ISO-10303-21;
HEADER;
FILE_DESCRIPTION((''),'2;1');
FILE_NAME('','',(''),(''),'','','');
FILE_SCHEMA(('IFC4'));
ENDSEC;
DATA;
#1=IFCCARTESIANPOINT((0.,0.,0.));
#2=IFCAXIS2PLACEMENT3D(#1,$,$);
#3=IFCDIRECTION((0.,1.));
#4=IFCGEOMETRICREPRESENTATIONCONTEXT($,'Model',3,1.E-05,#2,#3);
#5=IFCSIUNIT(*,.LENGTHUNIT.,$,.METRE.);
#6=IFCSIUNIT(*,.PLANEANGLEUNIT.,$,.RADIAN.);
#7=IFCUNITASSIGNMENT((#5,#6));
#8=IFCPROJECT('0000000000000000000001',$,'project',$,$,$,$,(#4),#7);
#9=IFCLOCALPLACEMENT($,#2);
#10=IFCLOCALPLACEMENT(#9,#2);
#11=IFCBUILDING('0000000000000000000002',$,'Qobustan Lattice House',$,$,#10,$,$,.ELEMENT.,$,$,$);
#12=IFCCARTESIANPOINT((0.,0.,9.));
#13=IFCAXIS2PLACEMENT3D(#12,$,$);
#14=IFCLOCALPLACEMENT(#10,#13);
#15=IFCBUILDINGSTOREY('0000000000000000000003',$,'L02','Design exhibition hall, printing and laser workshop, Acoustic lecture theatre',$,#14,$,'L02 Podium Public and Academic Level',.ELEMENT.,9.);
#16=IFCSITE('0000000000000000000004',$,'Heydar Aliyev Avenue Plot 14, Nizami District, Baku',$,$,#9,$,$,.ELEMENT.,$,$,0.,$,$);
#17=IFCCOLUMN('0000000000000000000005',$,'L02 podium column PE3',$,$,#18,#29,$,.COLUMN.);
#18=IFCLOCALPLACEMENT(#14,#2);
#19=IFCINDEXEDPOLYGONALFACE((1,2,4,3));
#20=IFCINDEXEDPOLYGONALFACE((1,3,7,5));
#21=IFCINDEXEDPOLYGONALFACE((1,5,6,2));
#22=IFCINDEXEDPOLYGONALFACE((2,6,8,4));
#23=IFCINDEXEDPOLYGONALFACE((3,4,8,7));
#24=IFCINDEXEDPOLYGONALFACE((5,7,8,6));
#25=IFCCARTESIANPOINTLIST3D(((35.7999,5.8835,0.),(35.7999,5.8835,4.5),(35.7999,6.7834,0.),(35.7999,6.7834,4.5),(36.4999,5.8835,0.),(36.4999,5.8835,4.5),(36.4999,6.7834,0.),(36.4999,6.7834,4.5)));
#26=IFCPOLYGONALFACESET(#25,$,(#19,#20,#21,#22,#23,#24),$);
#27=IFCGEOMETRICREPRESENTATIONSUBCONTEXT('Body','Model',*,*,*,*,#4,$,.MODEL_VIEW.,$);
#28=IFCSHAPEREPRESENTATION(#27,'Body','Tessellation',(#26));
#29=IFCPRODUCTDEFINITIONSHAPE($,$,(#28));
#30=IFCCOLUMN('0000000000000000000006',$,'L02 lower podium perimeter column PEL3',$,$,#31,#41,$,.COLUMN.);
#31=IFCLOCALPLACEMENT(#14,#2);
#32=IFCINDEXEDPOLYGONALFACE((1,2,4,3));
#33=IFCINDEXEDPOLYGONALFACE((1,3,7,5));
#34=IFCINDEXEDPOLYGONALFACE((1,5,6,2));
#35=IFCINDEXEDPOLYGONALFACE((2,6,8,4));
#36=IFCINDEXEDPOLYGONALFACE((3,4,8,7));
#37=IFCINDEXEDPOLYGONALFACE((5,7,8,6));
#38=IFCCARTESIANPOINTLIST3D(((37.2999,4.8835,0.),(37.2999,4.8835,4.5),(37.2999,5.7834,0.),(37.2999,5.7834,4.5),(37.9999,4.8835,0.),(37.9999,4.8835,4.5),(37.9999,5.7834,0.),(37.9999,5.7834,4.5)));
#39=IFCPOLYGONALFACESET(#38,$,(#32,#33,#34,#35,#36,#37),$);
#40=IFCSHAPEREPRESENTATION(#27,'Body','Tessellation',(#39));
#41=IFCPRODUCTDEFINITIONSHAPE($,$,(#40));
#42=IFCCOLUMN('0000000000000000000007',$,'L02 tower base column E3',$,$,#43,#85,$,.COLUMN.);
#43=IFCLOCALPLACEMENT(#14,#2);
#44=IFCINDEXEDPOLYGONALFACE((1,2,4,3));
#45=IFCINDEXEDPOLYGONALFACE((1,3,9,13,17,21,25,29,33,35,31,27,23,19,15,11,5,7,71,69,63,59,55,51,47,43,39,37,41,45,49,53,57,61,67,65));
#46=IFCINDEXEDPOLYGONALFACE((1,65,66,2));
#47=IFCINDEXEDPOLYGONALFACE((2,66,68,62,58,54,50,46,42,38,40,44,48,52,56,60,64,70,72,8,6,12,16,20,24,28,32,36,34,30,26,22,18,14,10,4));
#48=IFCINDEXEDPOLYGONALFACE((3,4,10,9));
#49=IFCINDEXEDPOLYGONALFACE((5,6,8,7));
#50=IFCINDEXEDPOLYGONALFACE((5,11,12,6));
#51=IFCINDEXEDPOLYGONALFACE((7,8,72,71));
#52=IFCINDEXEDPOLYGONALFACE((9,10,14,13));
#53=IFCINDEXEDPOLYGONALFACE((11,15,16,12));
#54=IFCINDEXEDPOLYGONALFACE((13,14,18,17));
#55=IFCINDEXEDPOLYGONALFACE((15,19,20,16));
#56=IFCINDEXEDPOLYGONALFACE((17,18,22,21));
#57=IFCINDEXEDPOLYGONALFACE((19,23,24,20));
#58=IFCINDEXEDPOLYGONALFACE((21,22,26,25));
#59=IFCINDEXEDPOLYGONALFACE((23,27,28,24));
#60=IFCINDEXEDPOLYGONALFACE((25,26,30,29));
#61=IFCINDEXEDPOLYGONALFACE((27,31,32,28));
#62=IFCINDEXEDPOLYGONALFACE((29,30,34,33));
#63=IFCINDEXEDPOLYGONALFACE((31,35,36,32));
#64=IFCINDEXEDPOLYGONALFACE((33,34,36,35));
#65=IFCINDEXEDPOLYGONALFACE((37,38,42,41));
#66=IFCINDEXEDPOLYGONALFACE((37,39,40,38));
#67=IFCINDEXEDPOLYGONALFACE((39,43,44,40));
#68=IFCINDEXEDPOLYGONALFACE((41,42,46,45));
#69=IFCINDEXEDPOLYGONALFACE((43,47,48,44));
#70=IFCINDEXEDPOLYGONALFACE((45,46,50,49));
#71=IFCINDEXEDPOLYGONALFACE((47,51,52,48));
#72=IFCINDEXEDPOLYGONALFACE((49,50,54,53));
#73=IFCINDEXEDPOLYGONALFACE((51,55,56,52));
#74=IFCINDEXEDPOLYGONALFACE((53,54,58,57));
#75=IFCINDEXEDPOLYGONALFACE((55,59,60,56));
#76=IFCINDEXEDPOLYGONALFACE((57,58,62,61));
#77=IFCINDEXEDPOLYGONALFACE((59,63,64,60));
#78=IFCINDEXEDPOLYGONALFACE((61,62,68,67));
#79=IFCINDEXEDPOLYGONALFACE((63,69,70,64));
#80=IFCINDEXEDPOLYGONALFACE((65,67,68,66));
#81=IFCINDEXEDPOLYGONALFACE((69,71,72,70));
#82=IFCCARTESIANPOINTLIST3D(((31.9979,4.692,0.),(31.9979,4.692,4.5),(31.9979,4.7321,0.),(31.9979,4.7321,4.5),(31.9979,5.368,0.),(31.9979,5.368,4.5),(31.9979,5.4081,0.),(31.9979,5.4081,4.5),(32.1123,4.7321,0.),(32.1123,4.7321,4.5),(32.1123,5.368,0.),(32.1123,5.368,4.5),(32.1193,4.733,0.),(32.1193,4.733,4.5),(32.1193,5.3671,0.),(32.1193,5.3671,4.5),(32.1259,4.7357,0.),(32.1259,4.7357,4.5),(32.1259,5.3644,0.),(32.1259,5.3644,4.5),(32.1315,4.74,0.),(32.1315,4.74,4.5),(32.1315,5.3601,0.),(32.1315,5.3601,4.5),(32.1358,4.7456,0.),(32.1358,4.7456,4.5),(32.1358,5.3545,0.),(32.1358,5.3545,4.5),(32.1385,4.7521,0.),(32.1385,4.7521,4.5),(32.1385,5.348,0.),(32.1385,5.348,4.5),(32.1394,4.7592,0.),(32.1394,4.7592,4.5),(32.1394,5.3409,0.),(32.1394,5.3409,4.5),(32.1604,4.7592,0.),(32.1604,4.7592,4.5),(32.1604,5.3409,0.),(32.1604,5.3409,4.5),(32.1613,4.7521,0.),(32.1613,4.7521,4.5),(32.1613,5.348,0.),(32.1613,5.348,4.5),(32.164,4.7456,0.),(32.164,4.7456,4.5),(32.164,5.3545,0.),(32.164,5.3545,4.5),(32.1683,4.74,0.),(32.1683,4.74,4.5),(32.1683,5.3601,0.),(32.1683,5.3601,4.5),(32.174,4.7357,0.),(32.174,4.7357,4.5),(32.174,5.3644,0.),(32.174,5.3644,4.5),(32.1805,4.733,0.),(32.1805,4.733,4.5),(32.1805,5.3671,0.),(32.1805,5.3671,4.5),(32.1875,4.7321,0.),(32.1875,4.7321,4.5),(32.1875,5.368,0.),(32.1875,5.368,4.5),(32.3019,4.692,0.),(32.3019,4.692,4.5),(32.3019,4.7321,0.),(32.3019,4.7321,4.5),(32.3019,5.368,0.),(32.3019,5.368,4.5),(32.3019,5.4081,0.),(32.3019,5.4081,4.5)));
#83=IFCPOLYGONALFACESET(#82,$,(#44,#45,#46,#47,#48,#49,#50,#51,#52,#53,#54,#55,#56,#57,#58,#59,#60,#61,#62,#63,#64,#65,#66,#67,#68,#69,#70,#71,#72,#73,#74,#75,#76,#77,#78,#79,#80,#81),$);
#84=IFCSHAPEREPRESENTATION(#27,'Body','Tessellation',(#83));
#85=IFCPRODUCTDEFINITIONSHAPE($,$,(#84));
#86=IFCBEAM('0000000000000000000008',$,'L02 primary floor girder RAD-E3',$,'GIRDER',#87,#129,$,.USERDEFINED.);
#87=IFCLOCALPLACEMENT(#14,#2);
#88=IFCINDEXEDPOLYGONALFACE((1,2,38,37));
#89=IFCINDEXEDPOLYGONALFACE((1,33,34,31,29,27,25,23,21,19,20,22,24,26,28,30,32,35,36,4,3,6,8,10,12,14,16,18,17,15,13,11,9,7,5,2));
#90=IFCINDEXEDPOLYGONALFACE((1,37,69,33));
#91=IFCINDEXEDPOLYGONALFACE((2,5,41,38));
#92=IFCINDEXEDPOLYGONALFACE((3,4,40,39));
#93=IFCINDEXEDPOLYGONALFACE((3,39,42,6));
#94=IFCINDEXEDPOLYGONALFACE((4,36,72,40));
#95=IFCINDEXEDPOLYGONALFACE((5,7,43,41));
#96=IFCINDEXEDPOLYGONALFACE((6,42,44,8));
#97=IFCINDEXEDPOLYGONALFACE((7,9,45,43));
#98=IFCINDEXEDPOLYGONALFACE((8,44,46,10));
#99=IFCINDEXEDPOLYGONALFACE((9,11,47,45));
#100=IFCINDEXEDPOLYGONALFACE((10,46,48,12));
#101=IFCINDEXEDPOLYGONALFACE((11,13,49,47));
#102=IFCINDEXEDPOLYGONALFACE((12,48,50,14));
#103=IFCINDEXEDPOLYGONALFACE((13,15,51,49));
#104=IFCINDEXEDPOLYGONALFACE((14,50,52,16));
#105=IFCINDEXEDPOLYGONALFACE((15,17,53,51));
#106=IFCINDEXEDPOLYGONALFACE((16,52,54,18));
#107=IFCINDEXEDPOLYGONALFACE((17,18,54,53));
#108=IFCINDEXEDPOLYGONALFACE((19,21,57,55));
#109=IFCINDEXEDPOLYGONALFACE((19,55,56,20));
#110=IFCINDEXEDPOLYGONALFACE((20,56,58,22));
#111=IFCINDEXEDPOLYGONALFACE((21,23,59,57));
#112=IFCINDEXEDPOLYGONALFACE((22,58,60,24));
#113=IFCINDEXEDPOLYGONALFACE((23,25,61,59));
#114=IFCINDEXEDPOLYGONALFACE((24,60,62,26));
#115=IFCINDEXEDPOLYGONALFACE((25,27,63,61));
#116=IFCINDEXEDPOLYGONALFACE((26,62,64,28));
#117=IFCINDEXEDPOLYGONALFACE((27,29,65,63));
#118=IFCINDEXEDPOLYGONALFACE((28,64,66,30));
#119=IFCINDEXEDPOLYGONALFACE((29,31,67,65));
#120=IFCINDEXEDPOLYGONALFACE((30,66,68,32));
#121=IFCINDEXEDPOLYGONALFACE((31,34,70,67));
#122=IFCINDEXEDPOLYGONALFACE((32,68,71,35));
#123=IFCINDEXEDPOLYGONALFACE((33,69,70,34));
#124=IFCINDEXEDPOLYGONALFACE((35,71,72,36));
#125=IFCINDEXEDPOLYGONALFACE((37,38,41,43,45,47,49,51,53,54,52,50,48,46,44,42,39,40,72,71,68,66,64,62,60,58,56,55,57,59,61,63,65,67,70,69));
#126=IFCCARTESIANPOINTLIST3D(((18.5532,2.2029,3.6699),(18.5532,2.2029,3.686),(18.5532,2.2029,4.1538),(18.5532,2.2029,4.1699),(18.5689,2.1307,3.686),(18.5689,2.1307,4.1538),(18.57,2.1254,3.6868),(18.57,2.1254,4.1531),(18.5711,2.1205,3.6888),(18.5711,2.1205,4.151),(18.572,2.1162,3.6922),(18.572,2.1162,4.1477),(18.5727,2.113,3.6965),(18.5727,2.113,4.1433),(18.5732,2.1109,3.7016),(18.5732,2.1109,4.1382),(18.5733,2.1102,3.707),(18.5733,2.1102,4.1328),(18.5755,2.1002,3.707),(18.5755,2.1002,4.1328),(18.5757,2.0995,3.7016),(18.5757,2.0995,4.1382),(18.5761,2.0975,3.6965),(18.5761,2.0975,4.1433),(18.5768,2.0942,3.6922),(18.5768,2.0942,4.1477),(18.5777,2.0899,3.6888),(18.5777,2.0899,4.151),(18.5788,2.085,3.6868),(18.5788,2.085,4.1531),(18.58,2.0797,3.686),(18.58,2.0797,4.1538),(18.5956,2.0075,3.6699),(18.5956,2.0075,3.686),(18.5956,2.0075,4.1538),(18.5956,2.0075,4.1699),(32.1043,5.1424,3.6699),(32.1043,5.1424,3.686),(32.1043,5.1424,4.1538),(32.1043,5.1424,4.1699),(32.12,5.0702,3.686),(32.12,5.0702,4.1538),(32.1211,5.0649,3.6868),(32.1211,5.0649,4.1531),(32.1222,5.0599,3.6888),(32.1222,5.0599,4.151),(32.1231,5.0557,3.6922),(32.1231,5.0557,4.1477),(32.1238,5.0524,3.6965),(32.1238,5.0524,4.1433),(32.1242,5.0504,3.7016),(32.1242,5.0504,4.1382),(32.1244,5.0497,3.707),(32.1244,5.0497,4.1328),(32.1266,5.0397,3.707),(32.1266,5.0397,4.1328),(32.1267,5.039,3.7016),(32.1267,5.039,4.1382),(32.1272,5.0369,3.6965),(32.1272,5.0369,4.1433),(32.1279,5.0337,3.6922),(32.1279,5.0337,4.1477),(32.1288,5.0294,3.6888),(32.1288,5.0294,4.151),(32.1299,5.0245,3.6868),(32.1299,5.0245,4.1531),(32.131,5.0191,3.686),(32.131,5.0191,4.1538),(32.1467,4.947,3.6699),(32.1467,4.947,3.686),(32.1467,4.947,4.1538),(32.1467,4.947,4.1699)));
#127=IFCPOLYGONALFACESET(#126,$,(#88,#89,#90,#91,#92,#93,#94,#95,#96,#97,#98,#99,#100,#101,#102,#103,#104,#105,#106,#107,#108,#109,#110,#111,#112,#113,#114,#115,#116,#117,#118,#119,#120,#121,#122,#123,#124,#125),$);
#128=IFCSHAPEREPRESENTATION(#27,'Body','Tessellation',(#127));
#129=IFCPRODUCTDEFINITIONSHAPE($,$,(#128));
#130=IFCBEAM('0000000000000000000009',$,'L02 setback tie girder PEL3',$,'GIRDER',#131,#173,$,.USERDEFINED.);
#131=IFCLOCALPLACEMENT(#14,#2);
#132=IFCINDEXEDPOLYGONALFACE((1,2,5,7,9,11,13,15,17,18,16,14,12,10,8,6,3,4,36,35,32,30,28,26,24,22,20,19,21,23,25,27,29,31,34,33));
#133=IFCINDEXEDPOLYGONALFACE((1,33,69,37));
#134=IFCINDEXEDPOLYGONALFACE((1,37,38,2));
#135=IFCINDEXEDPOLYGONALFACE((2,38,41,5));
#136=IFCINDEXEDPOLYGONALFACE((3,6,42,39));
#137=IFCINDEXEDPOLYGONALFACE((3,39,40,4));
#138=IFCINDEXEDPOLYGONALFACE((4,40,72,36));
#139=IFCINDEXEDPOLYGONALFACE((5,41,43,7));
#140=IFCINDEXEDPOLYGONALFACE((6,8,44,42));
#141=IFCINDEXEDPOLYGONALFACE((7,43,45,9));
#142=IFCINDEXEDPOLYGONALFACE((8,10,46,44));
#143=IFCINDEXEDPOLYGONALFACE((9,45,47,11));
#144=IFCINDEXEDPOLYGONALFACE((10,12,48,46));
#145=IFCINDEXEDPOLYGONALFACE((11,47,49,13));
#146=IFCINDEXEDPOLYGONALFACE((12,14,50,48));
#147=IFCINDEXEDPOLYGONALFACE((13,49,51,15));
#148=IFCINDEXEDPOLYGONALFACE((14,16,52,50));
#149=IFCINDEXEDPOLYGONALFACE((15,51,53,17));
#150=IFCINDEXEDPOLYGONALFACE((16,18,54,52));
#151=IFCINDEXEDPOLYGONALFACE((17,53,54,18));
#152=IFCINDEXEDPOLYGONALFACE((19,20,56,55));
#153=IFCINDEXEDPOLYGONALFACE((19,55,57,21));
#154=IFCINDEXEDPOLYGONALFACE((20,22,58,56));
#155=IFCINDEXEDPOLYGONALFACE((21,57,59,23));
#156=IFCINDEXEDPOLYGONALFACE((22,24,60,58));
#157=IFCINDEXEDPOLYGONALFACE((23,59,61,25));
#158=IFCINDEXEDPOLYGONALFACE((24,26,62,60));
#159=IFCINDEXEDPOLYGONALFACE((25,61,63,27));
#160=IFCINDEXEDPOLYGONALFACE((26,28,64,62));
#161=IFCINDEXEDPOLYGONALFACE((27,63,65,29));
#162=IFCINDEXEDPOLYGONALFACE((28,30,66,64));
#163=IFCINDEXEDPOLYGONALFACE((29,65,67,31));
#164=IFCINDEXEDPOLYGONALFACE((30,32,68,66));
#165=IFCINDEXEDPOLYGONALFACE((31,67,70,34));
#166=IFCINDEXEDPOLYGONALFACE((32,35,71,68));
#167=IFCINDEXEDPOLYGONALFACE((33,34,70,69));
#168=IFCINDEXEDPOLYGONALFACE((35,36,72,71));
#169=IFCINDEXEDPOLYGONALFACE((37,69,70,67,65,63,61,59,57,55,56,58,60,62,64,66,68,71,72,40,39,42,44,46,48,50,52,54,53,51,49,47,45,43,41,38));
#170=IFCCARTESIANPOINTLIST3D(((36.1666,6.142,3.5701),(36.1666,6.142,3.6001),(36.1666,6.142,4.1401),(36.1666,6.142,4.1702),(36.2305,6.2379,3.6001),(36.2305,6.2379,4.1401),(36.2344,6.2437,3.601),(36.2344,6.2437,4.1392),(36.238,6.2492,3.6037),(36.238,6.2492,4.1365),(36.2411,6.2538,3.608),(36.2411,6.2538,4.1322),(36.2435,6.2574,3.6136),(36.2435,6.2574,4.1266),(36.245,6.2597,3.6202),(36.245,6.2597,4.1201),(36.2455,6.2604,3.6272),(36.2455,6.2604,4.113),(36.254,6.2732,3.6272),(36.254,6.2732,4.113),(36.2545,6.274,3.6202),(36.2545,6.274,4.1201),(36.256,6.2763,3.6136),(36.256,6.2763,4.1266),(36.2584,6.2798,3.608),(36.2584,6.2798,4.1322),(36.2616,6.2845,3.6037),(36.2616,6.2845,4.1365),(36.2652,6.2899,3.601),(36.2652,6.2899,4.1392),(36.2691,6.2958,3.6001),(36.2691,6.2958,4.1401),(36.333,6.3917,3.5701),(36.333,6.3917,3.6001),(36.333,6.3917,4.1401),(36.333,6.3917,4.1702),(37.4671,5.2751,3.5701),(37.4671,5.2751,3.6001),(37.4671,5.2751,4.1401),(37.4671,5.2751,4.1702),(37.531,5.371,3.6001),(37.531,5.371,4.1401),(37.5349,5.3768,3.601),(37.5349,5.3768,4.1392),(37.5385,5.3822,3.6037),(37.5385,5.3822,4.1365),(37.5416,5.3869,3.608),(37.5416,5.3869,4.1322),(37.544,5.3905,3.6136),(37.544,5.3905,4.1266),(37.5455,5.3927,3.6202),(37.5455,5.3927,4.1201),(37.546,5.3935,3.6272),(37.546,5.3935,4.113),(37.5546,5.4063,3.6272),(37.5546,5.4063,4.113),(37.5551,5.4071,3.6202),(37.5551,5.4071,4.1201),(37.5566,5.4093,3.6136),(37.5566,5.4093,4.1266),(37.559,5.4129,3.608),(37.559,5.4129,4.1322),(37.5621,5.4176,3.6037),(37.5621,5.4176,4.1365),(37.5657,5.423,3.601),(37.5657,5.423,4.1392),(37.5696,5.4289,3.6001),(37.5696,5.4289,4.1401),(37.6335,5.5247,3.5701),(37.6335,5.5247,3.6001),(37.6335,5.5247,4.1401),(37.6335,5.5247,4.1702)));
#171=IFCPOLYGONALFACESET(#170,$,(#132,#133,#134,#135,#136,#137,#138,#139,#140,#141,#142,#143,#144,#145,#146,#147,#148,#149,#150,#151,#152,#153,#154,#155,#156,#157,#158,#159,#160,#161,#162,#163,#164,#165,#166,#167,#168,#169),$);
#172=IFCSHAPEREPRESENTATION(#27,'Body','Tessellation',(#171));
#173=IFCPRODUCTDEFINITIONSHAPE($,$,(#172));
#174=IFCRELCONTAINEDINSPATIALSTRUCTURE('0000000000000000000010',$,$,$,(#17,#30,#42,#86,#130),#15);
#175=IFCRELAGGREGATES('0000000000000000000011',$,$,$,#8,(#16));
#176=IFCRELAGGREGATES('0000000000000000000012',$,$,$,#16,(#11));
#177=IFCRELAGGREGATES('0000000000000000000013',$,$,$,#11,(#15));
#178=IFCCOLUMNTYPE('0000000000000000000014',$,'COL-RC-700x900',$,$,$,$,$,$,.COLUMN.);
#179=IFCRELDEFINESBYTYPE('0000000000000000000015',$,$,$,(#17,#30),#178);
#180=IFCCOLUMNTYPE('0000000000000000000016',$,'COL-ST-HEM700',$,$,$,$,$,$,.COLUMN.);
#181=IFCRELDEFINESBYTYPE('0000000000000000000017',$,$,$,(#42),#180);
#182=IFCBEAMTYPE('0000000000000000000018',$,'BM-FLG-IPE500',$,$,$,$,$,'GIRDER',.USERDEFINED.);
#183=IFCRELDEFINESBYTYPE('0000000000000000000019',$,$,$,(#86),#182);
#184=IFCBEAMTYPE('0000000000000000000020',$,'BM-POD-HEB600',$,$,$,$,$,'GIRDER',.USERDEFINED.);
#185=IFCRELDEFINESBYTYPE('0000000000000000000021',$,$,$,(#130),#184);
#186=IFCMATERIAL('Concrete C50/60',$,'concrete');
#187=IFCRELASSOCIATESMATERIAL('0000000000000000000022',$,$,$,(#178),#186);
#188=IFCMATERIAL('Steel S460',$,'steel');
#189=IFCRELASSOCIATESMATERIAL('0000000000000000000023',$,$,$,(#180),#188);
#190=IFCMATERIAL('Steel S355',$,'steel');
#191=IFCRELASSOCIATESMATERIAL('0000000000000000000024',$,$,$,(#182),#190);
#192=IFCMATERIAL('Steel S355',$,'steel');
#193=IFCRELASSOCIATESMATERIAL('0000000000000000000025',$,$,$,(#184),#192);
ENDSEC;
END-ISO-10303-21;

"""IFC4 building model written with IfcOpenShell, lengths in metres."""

from ifc_helpers import new_model, si_unit, direction, frame, origin, origin_2d, place, context, subcontext, project, spatial, rectangle, i_section, extrude, material, material_profile, profile_set, type_object, element, save


model = new_model("IFC4")

# Units and contexts
model_context = context("Model", 3, precision=1e-05, world=origin(), true_north=direction((0.0, 1.0)))
body_context = subcontext(model_context, "Body", "Model", "MODEL_VIEW")
ifc_project = project(units=[si_unit("LENGTHUNIT", "METRE"), si_unit("PLANEANGLEUNIT", "RADIAN")], contexts=[model_context])

# Site, building, storey
site_placement = place(None, origin())
site = spatial("IfcSite", under=ifc_project, at=site_placement, Name="Heydar Aliyev Avenue Plot 14, Nizami District, Baku", CompositionType="ELEMENT", RefElevation=0.0)
building_placement = place(site_placement, origin())
building = spatial("IfcBuilding", under=site, at=building_placement, Name="Qobustan Lattice House", CompositionType="ELEMENT")
storey_placement = place(building_placement, frame((0.0, 0.0, 9.0)))
storey = spatial("IfcBuildingStorey", under=building, at=storey_placement, Name="L02", Description="Design exhibition hall, printing and laser workshop, Acoustic lecture theatre", LongName="L02 Podium Public and Academic Level", CompositionType="ELEMENT", Elevation=9.0)

# Columns
ifc_material_1 = material(Name="Concrete C50/60", Category="concrete")
ifc_material_profile_1 = material_profile(ifc_material_1, rectangle(XDim=0.7, YDim=0.8999, at=origin_2d()), Name="RC700x900")
ifc_profile_set_1 = profile_set([ifc_material_profile_1], Name="Concrete C50/60")
column_type_1 = type_object("IfcColumnType", Name="COL-RC-700x900", PredefinedType="COLUMN", material=ifc_profile_set_1)
for number, where, z_axis, x_axis, name in (
    (1, (36.1499, 6.3335, 0.0), (0.0, 0.0, 1.0), (1.0, 0.0, 0.0), "L02 podium column PE3"),
    (2, (37.6499, 5.3335, 0.0), (0.0, 0.0, 1.0), (1.0, 0.0, 0.0), "L02 lower podium perimeter column PEL3"),
):
    element("IfcColumn", number, at=place(storey_placement, frame(where, z_axis=z_axis, x_axis=x_axis)), inside=storey, type_object=column_type_1, Name=name, PredefinedType="COLUMN", context=body_context, shape_type="SweptSolid", body=[
        extrude(rectangle(XDim=0.7, YDim=0.8999, at=origin_2d()), origin(), (0.0, 0.0, 1.0), 4.5),
    ])
ifc_material_2 = material(Name="Steel S460", Category="steel")
ifc_material_profile_2 = material_profile(ifc_material_2, i_section(OverallWidth=0.304, OverallDepth=0.7161, WebThickness=0.021, FlangeThickness=0.04, FilletRadius=0.0271, at=origin_2d()), Name="HEM700")
ifc_profile_set_2 = profile_set([ifc_material_profile_2], Name="Steel S460")
column_type_2 = type_object("IfcColumnType", Name="COL-ST-HEM700", PredefinedType="COLUMN", material=ifc_profile_set_2)
column_placement = place(storey_placement, frame((32.1499, 5.05, 0.0), z_axis=(0.0, 0.0, 1.0), x_axis=(1.0, 0.0, 0.0)))
element("IfcColumn", 3, at=column_placement, inside=storey, type_object=column_type_2, Name="L02 tower base column E3", PredefinedType="COLUMN", context=body_context, shape_type="SweptSolid", body=[
    extrude(i_section(OverallWidth=0.304, OverallDepth=0.7161, WebThickness=0.021, FlangeThickness=0.04, FilletRadius=0.0271, at=origin_2d()), origin(), (0.0, 0.0, 1.0), 4.5),
])

# Beams
ifc_material_3 = material(Name="Steel S355", Category="steel")
ifc_material_profile_3 = material_profile(ifc_material_3, i_section(OverallWidth=0.2, OverallDepth=0.5, WebThickness=0.0103, FlangeThickness=0.0161, FilletRadius=0.021, at=origin_2d()), Name="IPE500")
ifc_profile_set_3 = profile_set([ifc_material_profile_3], Name="Steel S355")
beam_type_1 = type_object("IfcBeamType", Name="BM-FLG-IPE500", ElementType="GIRDER", PredefinedType="USERDEFINED", material=ifc_profile_set_3)
beam_1_placement = place(storey_placement, frame((32.1255, 5.0447, 3.9199), z_axis=(-0.977272, -0.211987, 0.0), x_axis=(0.211987, -0.977272, 0.0)))
element("IfcBeam", 4, at=beam_1_placement, inside=storey, type_object=beam_type_1, Name="L02 primary floor girder RAD-E3", ObjectType="GIRDER", PredefinedType="USERDEFINED", context=body_context, shape_type="SweptSolid", body=[
    extrude(i_section(OverallWidth=0.2, OverallDepth=0.5, WebThickness=0.0103, FlangeThickness=0.0161, FilletRadius=0.021, at=origin_2d()), origin(), (0.0, 0.0, 1.0), 13.8662),
])
ifc_material_4 = material(Name="Steel S355", Category="steel")
ifc_material_profile_4 = material_profile(ifc_material_4, i_section(OverallWidth=0.3, OverallDepth=0.6001, WebThickness=0.0154, FlangeThickness=0.03, FilletRadius=0.0271, at=origin_2d()), Name="HEB600")
ifc_profile_set_4 = profile_set([ifc_material_profile_4], Name="Steel S355")
beam_type_2 = type_object("IfcBeamType", Name="BM-POD-HEB600", ElementType="GIRDER", PredefinedType="USERDEFINED", material=ifc_profile_set_4)
beam_2_placement = place(storey_placement, frame((37.5503, 5.3999, 3.8701), z_axis=(-0.832074, 0.554664, 0.0), x_axis=(-0.554664, -0.832074, 0.0)))
element("IfcBeam", 5, at=beam_2_placement, inside=storey, type_object=beam_type_2, Name="L02 setback tie girder PEL3", ObjectType="GIRDER", PredefinedType="USERDEFINED", context=body_context, shape_type="SweptSolid", body=[
    extrude(i_section(OverallWidth=0.3, OverallDepth=0.6001, WebThickness=0.0154, FlangeThickness=0.03, FilletRadius=0.0271, at=origin_2d()), origin(), (0.0, 0.0, 1.0), 1.563),
])

save(model, "model.ifc")
